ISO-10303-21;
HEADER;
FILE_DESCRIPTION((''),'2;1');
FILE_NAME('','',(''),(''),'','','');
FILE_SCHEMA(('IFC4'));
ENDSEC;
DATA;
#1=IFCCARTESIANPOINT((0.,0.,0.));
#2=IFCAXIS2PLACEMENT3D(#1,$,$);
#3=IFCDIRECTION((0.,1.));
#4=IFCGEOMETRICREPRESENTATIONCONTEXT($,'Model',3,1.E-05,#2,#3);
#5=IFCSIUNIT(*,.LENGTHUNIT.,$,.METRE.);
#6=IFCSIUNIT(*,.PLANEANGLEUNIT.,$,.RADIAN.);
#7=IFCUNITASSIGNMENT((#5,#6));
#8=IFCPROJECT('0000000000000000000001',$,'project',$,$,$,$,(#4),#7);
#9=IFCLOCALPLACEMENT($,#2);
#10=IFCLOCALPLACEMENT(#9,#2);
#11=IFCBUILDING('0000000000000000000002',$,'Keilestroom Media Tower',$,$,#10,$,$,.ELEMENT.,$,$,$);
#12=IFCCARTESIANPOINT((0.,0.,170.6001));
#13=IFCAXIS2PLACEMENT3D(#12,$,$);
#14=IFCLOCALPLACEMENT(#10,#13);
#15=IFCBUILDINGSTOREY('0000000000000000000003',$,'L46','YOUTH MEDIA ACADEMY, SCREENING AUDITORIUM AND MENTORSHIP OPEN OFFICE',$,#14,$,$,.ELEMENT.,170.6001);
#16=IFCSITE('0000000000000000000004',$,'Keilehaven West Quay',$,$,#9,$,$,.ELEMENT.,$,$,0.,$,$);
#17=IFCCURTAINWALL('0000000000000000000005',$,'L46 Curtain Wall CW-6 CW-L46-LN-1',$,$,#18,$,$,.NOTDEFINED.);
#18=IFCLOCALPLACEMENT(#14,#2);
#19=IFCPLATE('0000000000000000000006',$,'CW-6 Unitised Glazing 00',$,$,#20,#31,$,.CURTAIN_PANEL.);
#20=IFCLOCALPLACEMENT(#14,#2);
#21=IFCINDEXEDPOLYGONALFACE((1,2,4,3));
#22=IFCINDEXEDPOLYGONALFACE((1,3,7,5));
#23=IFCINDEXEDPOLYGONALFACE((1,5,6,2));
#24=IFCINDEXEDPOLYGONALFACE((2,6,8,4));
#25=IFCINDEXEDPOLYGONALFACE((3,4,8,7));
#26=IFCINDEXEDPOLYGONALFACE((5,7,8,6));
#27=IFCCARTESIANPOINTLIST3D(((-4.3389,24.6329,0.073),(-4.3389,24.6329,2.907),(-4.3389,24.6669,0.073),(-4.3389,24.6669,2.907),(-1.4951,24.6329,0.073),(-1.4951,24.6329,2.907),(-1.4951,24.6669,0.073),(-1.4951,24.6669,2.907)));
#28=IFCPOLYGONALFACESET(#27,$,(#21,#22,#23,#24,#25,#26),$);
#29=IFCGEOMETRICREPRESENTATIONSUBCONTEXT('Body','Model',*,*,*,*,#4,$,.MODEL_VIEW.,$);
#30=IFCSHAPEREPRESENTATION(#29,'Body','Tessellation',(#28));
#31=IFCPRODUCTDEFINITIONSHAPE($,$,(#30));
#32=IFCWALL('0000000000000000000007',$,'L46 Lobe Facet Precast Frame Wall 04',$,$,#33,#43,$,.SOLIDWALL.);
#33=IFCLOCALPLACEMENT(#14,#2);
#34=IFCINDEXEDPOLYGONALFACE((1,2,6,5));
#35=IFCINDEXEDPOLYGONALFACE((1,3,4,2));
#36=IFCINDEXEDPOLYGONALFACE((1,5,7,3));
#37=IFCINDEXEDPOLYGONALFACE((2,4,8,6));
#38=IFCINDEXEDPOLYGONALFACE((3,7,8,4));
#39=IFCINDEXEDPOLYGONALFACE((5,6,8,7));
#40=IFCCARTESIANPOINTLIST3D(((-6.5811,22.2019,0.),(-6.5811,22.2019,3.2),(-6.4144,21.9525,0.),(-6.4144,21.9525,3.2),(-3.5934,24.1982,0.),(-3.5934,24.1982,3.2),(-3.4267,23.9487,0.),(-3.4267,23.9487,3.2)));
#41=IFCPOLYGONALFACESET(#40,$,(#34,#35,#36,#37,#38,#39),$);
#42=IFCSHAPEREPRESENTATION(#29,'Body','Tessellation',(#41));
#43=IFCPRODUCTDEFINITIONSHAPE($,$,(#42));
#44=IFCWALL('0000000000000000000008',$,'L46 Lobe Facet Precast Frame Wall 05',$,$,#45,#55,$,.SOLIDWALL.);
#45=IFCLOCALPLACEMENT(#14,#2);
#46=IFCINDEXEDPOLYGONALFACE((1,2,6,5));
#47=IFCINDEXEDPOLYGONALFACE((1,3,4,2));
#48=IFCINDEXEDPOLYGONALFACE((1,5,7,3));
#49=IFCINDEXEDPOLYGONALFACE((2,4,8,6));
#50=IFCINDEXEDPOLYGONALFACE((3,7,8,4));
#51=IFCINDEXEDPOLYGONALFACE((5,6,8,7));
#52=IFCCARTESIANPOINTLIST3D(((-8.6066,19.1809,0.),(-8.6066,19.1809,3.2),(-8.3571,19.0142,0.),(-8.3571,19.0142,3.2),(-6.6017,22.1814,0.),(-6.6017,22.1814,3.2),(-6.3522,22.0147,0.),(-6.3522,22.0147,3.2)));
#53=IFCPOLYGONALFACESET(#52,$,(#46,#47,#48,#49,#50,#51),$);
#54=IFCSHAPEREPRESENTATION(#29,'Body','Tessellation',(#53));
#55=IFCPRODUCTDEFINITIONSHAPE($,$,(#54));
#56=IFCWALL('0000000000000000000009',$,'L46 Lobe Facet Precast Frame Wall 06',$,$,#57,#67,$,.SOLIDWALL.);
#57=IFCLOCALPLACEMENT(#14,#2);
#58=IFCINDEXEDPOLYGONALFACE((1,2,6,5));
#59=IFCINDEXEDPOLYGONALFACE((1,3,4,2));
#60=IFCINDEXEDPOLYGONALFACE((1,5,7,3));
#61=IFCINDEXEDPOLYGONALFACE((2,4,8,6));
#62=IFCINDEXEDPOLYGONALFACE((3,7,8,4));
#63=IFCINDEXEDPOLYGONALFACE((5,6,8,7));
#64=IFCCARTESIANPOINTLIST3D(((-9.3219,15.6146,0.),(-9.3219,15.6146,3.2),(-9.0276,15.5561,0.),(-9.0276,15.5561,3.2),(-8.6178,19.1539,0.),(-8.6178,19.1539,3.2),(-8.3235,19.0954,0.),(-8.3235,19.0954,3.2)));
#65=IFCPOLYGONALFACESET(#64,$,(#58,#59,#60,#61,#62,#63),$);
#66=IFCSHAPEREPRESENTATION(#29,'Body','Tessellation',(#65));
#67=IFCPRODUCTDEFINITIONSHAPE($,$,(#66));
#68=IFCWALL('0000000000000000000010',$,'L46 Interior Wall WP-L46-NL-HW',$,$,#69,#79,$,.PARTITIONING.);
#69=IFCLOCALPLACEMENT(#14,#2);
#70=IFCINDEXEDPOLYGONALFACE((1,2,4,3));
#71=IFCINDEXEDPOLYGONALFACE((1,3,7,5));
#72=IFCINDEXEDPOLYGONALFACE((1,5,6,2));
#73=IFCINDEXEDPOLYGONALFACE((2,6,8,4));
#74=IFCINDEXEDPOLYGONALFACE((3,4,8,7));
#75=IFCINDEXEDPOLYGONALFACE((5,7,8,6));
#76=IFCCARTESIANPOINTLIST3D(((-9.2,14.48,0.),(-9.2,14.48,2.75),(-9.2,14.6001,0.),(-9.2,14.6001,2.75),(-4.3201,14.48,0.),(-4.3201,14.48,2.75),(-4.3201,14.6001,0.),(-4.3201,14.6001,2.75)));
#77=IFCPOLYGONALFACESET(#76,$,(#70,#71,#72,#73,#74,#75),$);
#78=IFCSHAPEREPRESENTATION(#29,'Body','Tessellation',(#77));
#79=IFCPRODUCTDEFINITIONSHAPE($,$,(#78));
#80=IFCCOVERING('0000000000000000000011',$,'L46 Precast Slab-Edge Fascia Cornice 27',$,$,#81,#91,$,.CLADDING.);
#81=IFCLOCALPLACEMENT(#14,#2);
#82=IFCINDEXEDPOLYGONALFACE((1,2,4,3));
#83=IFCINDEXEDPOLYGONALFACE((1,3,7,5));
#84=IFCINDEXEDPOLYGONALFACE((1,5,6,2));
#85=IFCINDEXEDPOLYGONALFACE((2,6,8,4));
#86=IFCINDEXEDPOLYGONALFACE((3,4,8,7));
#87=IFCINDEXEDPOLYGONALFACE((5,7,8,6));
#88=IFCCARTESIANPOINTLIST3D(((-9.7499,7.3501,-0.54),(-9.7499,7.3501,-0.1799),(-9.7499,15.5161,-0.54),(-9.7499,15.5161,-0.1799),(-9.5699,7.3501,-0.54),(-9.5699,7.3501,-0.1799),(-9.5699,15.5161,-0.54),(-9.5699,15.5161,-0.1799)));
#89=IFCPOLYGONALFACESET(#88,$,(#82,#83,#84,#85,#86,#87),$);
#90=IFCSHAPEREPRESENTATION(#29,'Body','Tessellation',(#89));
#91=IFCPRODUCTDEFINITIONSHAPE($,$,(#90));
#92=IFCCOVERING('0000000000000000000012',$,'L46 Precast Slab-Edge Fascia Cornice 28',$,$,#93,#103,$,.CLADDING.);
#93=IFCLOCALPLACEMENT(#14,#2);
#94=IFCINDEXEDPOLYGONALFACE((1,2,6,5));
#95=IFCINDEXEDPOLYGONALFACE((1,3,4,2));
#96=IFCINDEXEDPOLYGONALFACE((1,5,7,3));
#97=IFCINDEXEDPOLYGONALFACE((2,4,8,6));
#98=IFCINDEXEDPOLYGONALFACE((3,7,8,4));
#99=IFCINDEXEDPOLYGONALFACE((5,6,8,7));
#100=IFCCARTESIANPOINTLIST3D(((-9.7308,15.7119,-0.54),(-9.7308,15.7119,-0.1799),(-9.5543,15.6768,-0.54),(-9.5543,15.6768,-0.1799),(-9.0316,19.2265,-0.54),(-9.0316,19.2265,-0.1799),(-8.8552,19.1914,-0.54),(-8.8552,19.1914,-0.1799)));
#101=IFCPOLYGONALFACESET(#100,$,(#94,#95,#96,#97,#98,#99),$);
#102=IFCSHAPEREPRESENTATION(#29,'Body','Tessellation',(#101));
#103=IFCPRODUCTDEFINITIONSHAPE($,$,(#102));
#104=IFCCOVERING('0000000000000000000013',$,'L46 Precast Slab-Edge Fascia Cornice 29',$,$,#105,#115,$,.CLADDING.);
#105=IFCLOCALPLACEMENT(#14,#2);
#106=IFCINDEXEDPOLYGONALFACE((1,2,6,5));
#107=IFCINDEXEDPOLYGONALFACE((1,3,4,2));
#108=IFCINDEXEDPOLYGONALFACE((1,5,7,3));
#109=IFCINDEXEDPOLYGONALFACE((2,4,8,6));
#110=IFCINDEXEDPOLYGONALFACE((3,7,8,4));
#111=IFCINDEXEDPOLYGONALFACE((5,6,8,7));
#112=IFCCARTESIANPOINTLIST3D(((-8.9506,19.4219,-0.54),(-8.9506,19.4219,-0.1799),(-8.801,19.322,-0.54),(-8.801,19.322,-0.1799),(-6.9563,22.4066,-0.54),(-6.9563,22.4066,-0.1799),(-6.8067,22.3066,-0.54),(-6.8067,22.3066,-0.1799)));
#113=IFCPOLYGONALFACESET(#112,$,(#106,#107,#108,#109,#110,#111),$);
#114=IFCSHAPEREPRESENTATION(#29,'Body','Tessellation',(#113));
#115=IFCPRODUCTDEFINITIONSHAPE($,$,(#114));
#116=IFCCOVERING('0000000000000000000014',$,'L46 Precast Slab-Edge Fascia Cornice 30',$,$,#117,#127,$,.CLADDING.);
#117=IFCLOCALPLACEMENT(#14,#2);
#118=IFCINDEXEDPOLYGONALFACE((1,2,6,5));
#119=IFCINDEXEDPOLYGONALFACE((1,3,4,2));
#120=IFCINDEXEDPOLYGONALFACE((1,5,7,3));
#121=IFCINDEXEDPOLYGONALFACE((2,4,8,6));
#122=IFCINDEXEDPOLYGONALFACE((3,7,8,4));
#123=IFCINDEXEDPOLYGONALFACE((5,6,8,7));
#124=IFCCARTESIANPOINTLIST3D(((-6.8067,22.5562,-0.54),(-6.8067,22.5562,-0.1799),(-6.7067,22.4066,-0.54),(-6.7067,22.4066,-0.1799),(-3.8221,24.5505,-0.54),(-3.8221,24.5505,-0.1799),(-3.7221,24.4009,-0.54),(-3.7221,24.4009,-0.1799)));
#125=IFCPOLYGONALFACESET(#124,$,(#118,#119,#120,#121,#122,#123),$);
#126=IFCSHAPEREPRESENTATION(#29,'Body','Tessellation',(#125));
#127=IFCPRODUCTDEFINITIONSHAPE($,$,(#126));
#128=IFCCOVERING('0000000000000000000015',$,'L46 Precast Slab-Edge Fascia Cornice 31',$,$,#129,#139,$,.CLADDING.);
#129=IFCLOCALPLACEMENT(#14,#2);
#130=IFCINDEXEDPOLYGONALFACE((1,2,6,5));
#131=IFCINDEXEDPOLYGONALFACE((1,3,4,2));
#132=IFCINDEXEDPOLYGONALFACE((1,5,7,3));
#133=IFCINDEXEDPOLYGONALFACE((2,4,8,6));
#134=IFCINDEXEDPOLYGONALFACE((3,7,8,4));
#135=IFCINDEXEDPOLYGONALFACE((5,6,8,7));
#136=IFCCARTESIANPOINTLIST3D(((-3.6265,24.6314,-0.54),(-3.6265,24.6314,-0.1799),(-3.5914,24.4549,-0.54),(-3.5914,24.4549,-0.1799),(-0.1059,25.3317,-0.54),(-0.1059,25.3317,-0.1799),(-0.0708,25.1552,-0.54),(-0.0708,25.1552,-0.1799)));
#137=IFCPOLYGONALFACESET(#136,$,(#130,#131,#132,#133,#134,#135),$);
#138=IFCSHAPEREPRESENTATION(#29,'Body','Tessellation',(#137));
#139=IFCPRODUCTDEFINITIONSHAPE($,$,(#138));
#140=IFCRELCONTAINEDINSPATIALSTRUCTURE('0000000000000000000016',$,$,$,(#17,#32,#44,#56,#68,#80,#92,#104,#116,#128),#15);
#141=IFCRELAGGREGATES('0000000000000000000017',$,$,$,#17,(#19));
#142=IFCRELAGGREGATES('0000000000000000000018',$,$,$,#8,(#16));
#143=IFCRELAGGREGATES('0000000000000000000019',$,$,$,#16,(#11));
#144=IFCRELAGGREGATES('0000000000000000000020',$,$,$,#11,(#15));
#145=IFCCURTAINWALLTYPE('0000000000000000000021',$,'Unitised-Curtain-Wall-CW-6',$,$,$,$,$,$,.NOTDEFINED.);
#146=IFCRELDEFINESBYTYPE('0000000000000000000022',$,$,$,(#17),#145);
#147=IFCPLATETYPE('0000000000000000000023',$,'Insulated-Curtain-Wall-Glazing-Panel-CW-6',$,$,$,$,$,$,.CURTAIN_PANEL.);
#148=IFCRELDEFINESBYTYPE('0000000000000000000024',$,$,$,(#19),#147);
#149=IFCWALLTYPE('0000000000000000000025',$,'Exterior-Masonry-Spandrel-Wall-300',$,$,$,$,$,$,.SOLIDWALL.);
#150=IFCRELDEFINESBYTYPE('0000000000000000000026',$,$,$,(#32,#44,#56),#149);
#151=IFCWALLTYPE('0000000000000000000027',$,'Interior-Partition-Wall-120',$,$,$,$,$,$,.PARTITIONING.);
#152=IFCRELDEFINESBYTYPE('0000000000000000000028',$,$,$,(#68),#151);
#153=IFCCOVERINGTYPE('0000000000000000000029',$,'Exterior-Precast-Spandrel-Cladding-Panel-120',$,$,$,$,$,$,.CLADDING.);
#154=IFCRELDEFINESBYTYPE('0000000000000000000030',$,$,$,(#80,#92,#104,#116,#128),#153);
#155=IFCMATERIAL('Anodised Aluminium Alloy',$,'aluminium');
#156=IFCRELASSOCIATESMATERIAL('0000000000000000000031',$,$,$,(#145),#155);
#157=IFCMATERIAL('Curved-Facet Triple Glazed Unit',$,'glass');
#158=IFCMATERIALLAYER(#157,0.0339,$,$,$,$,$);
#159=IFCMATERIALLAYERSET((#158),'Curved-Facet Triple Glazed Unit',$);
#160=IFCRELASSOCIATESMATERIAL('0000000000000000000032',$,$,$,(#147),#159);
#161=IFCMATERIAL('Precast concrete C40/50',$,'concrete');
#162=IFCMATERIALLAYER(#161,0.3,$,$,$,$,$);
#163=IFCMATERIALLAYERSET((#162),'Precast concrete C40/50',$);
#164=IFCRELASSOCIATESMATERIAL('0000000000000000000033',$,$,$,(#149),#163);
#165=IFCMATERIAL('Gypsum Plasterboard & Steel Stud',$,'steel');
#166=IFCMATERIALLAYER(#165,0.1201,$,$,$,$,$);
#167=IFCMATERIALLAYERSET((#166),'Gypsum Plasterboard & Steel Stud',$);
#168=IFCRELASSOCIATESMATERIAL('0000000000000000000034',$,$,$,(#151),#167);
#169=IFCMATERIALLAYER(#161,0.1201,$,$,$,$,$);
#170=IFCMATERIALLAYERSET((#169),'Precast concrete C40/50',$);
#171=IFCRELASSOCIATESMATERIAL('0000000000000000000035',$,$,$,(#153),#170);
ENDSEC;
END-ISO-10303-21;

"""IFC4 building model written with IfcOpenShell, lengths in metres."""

from ifc_helpers import new_model, si_unit, direction, frame, frame_2d, origin, origin_2d, place, context, subcontext, project, spatial, rectangle, extrude, source, transform, mapped, material, layer, layer_set, type_object, element, aggregate, save


model = new_model("IFC4")

# Units and contexts
model_context = context("Model", 3, precision=1e-05, world=origin(), true_north=direction((0.0, 1.0)))
body_context = subcontext(model_context, "Body", "Model", "MODEL_VIEW")
ifc_project = project(units=[si_unit("LENGTHUNIT", "METRE"), si_unit("PLANEANGLEUNIT", "RADIAN")], contexts=[model_context])

# Site, building, storey
site_placement = place(None, origin())
site = spatial("IfcSite", under=ifc_project, at=site_placement, Name="Keilehaven West Quay", CompositionType="ELEMENT", RefElevation=0.0)
building_placement = place(site_placement, origin())
building = spatial("IfcBuilding", under=site, at=building_placement, Name="Keilestroom Media Tower", CompositionType="ELEMENT")
storey_placement = place(building_placement, frame((0.0, 0.0, 170.6001)))
storey = spatial("IfcBuildingStorey", under=building, at=storey_placement, Name="L46", Description="YOUTH MEDIA ACADEMY, SCREENING AUDITORIUM AND MENTORSHIP OPEN OFFICE", CompositionType="ELEMENT", Elevation=170.6001)

# Curtain wall, plate
ifc_material_1 = material(Name="Anodised Aluminium Alloy", Category="aluminium")
curtain_wall_type = type_object("IfcCurtainWallType", Name="Unitised-Curtain-Wall-CW-6", PredefinedType="NOTDEFINED", material=ifc_material_1)
curtain_wall_placement = place(storey_placement, origin())
curtain_wall = element("IfcCurtainWall", 1, at=curtain_wall_placement, inside=storey, type_object=curtain_wall_type, Name="L46 Curtain Wall CW-6 CW-L46-LN-1", PredefinedType="NOTDEFINED")
ifc_material_2 = material(Name="Curved-Facet Triple Glazed Unit", Category="glass")
ifc_layer_1 = layer(ifc_material_2, 0.0339)
ifc_layer_set_1 = layer_set([ifc_layer_1], Name="Curved-Facet Triple Glazed Unit")
plate_type = type_object("IfcPlateType", Name="Insulated-Curtain-Wall-Glazing-Panel-CW-6", PredefinedType="CURTAIN_PANEL", material=ifc_layer_set_1)
shared_shape_1 = source(origin(), body_context, "Body", "SweptSolid", [
    extrude(rectangle(XDim=2.8438, YDim=0.0339, at=origin_2d()), origin(), (0.0, 0.0, 1.0), 2.834),
])
plate_placement = place(storey_placement, frame((-2.917, 24.6499, 0.073), z_axis=(0.0, 0.0, 1.0), x_axis=(1.0, 0.0, 0.0)))
plate = element("IfcPlate", 2, at=plate_placement, type_object=plate_type, Name="CW-6 Unitised Glazing 00", PredefinedType="CURTAIN_PANEL", context=body_context, shape_type="MappedRepresentation", body=[
    mapped(shared_shape_1, transform((0.0, 0.0, 0.0), x_axis=(1.0, 0.0, 0.0), y_axis=(0.0, 1.0, 0.0), z_axis=(0.0, 0.0, 1.0), scale=1.0)),
])
aggregate(curtain_wall, [plate])

# Walls
ifc_material_3 = material(Name="Precast concrete C40/50", Category="concrete")
ifc_layer_2 = layer(ifc_material_3, 0.3)
ifc_layer_set_2 = layer_set([ifc_layer_2], Name="Precast concrete C40/50")
wall_type_1 = type_object("IfcWallType", Name="Exterior-Masonry-Spandrel-Wall-300", PredefinedType="SOLIDWALL", material=ifc_layer_set_2)
wall_1_placement = place(storey_placement, frame((-3.51, 24.0735, 0.0), z_axis=(0.0, 0.0, 1.0), x_axis=(-0.831475, -0.555562, 0.0)))
element("IfcWall", 3, at=wall_1_placement, inside=storey, type_object=wall_type_1, Name="L46 Lobe Facet Precast Frame Wall 04", PredefinedType="SOLIDWALL", context=body_context, shape_type="SweptSolid", body=[
    extrude(rectangle(XDim=3.5933, YDim=0.3, at=frame_2d((1.7966, 0.0))), origin(), (0.0, 0.0, 1.0), 3.2),
])
for number, where, z_axis, x_axis, name in (
    (4, (-6.4771, 22.0979, 0.0), (0.0, 0.0, 1.0), (-0.555574, -0.831467, 0.0), "L46 Lobe Facet Precast Frame Wall 05"),
    (5, (-8.4707, 19.1245, 0.0), (0.0, 0.0, 1.0), (-0.195114, -0.980781, 0.0), "L46 Lobe Facet Precast Frame Wall 06"),
):
    element("IfcWall", number, at=place(storey_placement, frame(where, z_axis=z_axis, x_axis=x_axis)), inside=storey, type_object=wall_type_1, Name=name, PredefinedType="SOLIDWALL", context=body_context, shape_type="SweptSolid", body=[
        extrude(rectangle(XDim=3.6086, YDim=0.3, at=frame_2d((1.8042, 0.0))), origin(), (0.0, 0.0, 1.0), 3.2),
    ])
ifc_material_4 = material(Name="Gypsum Plasterboard & Steel Stud", Category="steel")
ifc_layer_3 = layer(ifc_material_4, 0.1201)
ifc_layer_set_3 = layer_set([ifc_layer_3], Name="Gypsum Plasterboard & Steel Stud")
wall_type_2 = type_object("IfcWallType", Name="Interior-Partition-Wall-120", PredefinedType="PARTITIONING", material=ifc_layer_set_3)
wall_2_placement = place(storey_placement, frame((-9.2, 14.54, 0.0), z_axis=(0.0, 0.0, 1.0), x_axis=(1.0, 0.0, 0.0)))
element("IfcWall", 6, at=wall_2_placement, inside=storey, type_object=wall_type_2, Name="L46 Interior Wall WP-L46-NL-HW", PredefinedType="PARTITIONING", context=body_context, shape_type="SweptSolid", body=[
    extrude(rectangle(XDim=4.8799, YDim=0.1201, at=frame_2d((2.4399, 0.0))), origin(), (0.0, 0.0, 1.0), 2.75),
])

# Coverings
ifc_layer_4 = layer(ifc_material_3, 0.1201)
ifc_layer_set_4 = layer_set([ifc_layer_4], Name="Precast concrete C40/50")
covering_type = type_object("IfcCoveringType", Name="Exterior-Precast-Spandrel-Cladding-Panel-120", PredefinedType="CLADDING", material=ifc_layer_set_4)
shared_shape_2 = source(origin(), body_context, "Body", "SweptSolid", [
    extrude(rectangle(XDim=8.166, YDim=0.1799, at=origin_2d()), origin(), (0.0, 0.0, 1.0), 0.3601),
])
covering_1_placement = place(storey_placement, frame((-9.6599, 11.4331, -0.54), z_axis=(0.0, 0.0, 1.0), x_axis=(0.0, 1.0, 0.0)))
element("IfcCovering", 7, at=covering_1_placement, inside=storey, type_object=covering_type, Name="L46 Precast Slab-Edge Fascia Cornice 27", PredefinedType="CLADDING", context=body_context, shape_type="MappedRepresentation", body=[
    mapped(shared_shape_2, transform((0.0, 0.0, 0.0), x_axis=(1.0, 0.0, 0.0), y_axis=(0.0, 1.0, 0.0), z_axis=(0.0, 0.0, 1.0), scale=1.0)),
])
shared_shape_3 = source(origin(), body_context, "Body", "SweptSolid", [
    extrude(rectangle(XDim=3.5835, YDim=0.1799, at=origin_2d()), origin(), (0.0, 0.0, 1.0), 0.3601),
])
covering_2_placement = place(storey_placement, frame((-9.293, 17.4517, -0.54), z_axis=(0.0, 0.0, 1.0), x_axis=(0.195099, 0.980784, 0.0)))
element("IfcCovering", 8, at=covering_2_placement, inside=storey, type_object=covering_type, Name="L46 Precast Slab-Edge Fascia Cornice 28", PredefinedType="CLADDING", context=body_context, shape_type="MappedRepresentation", body=[
    mapped(shared_shape_3, transform((0.0, 0.0, 0.0), x_axis=(1.0, 0.0, 0.0), y_axis=(0.0, 1.0, 0.0), z_axis=(0.0, 0.0, 1.0), scale=1.0)),
])
shared_shape_4 = source(origin(), body_context, "Body", "SweptSolid", [
    extrude(rectangle(XDim=3.5896, YDim=0.1799, at=origin_2d()), origin(), (0.0, 0.0, 1.0), 0.3601),
])
for number, where, z_axis, x_axis, name in (
    (9, (-7.8787, 20.8643, -0.54), (0.0, 0.0, 1.0), (0.555575, 0.831467, 0.0), "L46 Precast Slab-Edge Fascia Cornice 29"),
    (10, (-5.2644, 23.4785, -0.54), (0.0, 0.0, 1.0), (0.831467, 0.555575, 0.0), "L46 Precast Slab-Edge Fascia Cornice 30"),
    (11, (-1.8486, 24.8933, -0.54), (0.0, 0.0, 1.0), (0.980784, 0.195099, 0.0), "L46 Precast Slab-Edge Fascia Cornice 31"),
):
    element("IfcCovering", number, at=place(storey_placement, frame(where, z_axis=z_axis, x_axis=x_axis)), inside=storey, type_object=covering_type, Name=name, PredefinedType="CLADDING", context=body_context, shape_type="MappedRepresentation", body=[
        mapped(shared_shape_4, transform((0.0, 0.0, 0.0), x_axis=(1.0, 0.0, 0.0), y_axis=(0.0, 1.0, 0.0), z_axis=(0.0, 0.0, 1.0), scale=1.0)),
    ])

save(model, "model.ifc")
